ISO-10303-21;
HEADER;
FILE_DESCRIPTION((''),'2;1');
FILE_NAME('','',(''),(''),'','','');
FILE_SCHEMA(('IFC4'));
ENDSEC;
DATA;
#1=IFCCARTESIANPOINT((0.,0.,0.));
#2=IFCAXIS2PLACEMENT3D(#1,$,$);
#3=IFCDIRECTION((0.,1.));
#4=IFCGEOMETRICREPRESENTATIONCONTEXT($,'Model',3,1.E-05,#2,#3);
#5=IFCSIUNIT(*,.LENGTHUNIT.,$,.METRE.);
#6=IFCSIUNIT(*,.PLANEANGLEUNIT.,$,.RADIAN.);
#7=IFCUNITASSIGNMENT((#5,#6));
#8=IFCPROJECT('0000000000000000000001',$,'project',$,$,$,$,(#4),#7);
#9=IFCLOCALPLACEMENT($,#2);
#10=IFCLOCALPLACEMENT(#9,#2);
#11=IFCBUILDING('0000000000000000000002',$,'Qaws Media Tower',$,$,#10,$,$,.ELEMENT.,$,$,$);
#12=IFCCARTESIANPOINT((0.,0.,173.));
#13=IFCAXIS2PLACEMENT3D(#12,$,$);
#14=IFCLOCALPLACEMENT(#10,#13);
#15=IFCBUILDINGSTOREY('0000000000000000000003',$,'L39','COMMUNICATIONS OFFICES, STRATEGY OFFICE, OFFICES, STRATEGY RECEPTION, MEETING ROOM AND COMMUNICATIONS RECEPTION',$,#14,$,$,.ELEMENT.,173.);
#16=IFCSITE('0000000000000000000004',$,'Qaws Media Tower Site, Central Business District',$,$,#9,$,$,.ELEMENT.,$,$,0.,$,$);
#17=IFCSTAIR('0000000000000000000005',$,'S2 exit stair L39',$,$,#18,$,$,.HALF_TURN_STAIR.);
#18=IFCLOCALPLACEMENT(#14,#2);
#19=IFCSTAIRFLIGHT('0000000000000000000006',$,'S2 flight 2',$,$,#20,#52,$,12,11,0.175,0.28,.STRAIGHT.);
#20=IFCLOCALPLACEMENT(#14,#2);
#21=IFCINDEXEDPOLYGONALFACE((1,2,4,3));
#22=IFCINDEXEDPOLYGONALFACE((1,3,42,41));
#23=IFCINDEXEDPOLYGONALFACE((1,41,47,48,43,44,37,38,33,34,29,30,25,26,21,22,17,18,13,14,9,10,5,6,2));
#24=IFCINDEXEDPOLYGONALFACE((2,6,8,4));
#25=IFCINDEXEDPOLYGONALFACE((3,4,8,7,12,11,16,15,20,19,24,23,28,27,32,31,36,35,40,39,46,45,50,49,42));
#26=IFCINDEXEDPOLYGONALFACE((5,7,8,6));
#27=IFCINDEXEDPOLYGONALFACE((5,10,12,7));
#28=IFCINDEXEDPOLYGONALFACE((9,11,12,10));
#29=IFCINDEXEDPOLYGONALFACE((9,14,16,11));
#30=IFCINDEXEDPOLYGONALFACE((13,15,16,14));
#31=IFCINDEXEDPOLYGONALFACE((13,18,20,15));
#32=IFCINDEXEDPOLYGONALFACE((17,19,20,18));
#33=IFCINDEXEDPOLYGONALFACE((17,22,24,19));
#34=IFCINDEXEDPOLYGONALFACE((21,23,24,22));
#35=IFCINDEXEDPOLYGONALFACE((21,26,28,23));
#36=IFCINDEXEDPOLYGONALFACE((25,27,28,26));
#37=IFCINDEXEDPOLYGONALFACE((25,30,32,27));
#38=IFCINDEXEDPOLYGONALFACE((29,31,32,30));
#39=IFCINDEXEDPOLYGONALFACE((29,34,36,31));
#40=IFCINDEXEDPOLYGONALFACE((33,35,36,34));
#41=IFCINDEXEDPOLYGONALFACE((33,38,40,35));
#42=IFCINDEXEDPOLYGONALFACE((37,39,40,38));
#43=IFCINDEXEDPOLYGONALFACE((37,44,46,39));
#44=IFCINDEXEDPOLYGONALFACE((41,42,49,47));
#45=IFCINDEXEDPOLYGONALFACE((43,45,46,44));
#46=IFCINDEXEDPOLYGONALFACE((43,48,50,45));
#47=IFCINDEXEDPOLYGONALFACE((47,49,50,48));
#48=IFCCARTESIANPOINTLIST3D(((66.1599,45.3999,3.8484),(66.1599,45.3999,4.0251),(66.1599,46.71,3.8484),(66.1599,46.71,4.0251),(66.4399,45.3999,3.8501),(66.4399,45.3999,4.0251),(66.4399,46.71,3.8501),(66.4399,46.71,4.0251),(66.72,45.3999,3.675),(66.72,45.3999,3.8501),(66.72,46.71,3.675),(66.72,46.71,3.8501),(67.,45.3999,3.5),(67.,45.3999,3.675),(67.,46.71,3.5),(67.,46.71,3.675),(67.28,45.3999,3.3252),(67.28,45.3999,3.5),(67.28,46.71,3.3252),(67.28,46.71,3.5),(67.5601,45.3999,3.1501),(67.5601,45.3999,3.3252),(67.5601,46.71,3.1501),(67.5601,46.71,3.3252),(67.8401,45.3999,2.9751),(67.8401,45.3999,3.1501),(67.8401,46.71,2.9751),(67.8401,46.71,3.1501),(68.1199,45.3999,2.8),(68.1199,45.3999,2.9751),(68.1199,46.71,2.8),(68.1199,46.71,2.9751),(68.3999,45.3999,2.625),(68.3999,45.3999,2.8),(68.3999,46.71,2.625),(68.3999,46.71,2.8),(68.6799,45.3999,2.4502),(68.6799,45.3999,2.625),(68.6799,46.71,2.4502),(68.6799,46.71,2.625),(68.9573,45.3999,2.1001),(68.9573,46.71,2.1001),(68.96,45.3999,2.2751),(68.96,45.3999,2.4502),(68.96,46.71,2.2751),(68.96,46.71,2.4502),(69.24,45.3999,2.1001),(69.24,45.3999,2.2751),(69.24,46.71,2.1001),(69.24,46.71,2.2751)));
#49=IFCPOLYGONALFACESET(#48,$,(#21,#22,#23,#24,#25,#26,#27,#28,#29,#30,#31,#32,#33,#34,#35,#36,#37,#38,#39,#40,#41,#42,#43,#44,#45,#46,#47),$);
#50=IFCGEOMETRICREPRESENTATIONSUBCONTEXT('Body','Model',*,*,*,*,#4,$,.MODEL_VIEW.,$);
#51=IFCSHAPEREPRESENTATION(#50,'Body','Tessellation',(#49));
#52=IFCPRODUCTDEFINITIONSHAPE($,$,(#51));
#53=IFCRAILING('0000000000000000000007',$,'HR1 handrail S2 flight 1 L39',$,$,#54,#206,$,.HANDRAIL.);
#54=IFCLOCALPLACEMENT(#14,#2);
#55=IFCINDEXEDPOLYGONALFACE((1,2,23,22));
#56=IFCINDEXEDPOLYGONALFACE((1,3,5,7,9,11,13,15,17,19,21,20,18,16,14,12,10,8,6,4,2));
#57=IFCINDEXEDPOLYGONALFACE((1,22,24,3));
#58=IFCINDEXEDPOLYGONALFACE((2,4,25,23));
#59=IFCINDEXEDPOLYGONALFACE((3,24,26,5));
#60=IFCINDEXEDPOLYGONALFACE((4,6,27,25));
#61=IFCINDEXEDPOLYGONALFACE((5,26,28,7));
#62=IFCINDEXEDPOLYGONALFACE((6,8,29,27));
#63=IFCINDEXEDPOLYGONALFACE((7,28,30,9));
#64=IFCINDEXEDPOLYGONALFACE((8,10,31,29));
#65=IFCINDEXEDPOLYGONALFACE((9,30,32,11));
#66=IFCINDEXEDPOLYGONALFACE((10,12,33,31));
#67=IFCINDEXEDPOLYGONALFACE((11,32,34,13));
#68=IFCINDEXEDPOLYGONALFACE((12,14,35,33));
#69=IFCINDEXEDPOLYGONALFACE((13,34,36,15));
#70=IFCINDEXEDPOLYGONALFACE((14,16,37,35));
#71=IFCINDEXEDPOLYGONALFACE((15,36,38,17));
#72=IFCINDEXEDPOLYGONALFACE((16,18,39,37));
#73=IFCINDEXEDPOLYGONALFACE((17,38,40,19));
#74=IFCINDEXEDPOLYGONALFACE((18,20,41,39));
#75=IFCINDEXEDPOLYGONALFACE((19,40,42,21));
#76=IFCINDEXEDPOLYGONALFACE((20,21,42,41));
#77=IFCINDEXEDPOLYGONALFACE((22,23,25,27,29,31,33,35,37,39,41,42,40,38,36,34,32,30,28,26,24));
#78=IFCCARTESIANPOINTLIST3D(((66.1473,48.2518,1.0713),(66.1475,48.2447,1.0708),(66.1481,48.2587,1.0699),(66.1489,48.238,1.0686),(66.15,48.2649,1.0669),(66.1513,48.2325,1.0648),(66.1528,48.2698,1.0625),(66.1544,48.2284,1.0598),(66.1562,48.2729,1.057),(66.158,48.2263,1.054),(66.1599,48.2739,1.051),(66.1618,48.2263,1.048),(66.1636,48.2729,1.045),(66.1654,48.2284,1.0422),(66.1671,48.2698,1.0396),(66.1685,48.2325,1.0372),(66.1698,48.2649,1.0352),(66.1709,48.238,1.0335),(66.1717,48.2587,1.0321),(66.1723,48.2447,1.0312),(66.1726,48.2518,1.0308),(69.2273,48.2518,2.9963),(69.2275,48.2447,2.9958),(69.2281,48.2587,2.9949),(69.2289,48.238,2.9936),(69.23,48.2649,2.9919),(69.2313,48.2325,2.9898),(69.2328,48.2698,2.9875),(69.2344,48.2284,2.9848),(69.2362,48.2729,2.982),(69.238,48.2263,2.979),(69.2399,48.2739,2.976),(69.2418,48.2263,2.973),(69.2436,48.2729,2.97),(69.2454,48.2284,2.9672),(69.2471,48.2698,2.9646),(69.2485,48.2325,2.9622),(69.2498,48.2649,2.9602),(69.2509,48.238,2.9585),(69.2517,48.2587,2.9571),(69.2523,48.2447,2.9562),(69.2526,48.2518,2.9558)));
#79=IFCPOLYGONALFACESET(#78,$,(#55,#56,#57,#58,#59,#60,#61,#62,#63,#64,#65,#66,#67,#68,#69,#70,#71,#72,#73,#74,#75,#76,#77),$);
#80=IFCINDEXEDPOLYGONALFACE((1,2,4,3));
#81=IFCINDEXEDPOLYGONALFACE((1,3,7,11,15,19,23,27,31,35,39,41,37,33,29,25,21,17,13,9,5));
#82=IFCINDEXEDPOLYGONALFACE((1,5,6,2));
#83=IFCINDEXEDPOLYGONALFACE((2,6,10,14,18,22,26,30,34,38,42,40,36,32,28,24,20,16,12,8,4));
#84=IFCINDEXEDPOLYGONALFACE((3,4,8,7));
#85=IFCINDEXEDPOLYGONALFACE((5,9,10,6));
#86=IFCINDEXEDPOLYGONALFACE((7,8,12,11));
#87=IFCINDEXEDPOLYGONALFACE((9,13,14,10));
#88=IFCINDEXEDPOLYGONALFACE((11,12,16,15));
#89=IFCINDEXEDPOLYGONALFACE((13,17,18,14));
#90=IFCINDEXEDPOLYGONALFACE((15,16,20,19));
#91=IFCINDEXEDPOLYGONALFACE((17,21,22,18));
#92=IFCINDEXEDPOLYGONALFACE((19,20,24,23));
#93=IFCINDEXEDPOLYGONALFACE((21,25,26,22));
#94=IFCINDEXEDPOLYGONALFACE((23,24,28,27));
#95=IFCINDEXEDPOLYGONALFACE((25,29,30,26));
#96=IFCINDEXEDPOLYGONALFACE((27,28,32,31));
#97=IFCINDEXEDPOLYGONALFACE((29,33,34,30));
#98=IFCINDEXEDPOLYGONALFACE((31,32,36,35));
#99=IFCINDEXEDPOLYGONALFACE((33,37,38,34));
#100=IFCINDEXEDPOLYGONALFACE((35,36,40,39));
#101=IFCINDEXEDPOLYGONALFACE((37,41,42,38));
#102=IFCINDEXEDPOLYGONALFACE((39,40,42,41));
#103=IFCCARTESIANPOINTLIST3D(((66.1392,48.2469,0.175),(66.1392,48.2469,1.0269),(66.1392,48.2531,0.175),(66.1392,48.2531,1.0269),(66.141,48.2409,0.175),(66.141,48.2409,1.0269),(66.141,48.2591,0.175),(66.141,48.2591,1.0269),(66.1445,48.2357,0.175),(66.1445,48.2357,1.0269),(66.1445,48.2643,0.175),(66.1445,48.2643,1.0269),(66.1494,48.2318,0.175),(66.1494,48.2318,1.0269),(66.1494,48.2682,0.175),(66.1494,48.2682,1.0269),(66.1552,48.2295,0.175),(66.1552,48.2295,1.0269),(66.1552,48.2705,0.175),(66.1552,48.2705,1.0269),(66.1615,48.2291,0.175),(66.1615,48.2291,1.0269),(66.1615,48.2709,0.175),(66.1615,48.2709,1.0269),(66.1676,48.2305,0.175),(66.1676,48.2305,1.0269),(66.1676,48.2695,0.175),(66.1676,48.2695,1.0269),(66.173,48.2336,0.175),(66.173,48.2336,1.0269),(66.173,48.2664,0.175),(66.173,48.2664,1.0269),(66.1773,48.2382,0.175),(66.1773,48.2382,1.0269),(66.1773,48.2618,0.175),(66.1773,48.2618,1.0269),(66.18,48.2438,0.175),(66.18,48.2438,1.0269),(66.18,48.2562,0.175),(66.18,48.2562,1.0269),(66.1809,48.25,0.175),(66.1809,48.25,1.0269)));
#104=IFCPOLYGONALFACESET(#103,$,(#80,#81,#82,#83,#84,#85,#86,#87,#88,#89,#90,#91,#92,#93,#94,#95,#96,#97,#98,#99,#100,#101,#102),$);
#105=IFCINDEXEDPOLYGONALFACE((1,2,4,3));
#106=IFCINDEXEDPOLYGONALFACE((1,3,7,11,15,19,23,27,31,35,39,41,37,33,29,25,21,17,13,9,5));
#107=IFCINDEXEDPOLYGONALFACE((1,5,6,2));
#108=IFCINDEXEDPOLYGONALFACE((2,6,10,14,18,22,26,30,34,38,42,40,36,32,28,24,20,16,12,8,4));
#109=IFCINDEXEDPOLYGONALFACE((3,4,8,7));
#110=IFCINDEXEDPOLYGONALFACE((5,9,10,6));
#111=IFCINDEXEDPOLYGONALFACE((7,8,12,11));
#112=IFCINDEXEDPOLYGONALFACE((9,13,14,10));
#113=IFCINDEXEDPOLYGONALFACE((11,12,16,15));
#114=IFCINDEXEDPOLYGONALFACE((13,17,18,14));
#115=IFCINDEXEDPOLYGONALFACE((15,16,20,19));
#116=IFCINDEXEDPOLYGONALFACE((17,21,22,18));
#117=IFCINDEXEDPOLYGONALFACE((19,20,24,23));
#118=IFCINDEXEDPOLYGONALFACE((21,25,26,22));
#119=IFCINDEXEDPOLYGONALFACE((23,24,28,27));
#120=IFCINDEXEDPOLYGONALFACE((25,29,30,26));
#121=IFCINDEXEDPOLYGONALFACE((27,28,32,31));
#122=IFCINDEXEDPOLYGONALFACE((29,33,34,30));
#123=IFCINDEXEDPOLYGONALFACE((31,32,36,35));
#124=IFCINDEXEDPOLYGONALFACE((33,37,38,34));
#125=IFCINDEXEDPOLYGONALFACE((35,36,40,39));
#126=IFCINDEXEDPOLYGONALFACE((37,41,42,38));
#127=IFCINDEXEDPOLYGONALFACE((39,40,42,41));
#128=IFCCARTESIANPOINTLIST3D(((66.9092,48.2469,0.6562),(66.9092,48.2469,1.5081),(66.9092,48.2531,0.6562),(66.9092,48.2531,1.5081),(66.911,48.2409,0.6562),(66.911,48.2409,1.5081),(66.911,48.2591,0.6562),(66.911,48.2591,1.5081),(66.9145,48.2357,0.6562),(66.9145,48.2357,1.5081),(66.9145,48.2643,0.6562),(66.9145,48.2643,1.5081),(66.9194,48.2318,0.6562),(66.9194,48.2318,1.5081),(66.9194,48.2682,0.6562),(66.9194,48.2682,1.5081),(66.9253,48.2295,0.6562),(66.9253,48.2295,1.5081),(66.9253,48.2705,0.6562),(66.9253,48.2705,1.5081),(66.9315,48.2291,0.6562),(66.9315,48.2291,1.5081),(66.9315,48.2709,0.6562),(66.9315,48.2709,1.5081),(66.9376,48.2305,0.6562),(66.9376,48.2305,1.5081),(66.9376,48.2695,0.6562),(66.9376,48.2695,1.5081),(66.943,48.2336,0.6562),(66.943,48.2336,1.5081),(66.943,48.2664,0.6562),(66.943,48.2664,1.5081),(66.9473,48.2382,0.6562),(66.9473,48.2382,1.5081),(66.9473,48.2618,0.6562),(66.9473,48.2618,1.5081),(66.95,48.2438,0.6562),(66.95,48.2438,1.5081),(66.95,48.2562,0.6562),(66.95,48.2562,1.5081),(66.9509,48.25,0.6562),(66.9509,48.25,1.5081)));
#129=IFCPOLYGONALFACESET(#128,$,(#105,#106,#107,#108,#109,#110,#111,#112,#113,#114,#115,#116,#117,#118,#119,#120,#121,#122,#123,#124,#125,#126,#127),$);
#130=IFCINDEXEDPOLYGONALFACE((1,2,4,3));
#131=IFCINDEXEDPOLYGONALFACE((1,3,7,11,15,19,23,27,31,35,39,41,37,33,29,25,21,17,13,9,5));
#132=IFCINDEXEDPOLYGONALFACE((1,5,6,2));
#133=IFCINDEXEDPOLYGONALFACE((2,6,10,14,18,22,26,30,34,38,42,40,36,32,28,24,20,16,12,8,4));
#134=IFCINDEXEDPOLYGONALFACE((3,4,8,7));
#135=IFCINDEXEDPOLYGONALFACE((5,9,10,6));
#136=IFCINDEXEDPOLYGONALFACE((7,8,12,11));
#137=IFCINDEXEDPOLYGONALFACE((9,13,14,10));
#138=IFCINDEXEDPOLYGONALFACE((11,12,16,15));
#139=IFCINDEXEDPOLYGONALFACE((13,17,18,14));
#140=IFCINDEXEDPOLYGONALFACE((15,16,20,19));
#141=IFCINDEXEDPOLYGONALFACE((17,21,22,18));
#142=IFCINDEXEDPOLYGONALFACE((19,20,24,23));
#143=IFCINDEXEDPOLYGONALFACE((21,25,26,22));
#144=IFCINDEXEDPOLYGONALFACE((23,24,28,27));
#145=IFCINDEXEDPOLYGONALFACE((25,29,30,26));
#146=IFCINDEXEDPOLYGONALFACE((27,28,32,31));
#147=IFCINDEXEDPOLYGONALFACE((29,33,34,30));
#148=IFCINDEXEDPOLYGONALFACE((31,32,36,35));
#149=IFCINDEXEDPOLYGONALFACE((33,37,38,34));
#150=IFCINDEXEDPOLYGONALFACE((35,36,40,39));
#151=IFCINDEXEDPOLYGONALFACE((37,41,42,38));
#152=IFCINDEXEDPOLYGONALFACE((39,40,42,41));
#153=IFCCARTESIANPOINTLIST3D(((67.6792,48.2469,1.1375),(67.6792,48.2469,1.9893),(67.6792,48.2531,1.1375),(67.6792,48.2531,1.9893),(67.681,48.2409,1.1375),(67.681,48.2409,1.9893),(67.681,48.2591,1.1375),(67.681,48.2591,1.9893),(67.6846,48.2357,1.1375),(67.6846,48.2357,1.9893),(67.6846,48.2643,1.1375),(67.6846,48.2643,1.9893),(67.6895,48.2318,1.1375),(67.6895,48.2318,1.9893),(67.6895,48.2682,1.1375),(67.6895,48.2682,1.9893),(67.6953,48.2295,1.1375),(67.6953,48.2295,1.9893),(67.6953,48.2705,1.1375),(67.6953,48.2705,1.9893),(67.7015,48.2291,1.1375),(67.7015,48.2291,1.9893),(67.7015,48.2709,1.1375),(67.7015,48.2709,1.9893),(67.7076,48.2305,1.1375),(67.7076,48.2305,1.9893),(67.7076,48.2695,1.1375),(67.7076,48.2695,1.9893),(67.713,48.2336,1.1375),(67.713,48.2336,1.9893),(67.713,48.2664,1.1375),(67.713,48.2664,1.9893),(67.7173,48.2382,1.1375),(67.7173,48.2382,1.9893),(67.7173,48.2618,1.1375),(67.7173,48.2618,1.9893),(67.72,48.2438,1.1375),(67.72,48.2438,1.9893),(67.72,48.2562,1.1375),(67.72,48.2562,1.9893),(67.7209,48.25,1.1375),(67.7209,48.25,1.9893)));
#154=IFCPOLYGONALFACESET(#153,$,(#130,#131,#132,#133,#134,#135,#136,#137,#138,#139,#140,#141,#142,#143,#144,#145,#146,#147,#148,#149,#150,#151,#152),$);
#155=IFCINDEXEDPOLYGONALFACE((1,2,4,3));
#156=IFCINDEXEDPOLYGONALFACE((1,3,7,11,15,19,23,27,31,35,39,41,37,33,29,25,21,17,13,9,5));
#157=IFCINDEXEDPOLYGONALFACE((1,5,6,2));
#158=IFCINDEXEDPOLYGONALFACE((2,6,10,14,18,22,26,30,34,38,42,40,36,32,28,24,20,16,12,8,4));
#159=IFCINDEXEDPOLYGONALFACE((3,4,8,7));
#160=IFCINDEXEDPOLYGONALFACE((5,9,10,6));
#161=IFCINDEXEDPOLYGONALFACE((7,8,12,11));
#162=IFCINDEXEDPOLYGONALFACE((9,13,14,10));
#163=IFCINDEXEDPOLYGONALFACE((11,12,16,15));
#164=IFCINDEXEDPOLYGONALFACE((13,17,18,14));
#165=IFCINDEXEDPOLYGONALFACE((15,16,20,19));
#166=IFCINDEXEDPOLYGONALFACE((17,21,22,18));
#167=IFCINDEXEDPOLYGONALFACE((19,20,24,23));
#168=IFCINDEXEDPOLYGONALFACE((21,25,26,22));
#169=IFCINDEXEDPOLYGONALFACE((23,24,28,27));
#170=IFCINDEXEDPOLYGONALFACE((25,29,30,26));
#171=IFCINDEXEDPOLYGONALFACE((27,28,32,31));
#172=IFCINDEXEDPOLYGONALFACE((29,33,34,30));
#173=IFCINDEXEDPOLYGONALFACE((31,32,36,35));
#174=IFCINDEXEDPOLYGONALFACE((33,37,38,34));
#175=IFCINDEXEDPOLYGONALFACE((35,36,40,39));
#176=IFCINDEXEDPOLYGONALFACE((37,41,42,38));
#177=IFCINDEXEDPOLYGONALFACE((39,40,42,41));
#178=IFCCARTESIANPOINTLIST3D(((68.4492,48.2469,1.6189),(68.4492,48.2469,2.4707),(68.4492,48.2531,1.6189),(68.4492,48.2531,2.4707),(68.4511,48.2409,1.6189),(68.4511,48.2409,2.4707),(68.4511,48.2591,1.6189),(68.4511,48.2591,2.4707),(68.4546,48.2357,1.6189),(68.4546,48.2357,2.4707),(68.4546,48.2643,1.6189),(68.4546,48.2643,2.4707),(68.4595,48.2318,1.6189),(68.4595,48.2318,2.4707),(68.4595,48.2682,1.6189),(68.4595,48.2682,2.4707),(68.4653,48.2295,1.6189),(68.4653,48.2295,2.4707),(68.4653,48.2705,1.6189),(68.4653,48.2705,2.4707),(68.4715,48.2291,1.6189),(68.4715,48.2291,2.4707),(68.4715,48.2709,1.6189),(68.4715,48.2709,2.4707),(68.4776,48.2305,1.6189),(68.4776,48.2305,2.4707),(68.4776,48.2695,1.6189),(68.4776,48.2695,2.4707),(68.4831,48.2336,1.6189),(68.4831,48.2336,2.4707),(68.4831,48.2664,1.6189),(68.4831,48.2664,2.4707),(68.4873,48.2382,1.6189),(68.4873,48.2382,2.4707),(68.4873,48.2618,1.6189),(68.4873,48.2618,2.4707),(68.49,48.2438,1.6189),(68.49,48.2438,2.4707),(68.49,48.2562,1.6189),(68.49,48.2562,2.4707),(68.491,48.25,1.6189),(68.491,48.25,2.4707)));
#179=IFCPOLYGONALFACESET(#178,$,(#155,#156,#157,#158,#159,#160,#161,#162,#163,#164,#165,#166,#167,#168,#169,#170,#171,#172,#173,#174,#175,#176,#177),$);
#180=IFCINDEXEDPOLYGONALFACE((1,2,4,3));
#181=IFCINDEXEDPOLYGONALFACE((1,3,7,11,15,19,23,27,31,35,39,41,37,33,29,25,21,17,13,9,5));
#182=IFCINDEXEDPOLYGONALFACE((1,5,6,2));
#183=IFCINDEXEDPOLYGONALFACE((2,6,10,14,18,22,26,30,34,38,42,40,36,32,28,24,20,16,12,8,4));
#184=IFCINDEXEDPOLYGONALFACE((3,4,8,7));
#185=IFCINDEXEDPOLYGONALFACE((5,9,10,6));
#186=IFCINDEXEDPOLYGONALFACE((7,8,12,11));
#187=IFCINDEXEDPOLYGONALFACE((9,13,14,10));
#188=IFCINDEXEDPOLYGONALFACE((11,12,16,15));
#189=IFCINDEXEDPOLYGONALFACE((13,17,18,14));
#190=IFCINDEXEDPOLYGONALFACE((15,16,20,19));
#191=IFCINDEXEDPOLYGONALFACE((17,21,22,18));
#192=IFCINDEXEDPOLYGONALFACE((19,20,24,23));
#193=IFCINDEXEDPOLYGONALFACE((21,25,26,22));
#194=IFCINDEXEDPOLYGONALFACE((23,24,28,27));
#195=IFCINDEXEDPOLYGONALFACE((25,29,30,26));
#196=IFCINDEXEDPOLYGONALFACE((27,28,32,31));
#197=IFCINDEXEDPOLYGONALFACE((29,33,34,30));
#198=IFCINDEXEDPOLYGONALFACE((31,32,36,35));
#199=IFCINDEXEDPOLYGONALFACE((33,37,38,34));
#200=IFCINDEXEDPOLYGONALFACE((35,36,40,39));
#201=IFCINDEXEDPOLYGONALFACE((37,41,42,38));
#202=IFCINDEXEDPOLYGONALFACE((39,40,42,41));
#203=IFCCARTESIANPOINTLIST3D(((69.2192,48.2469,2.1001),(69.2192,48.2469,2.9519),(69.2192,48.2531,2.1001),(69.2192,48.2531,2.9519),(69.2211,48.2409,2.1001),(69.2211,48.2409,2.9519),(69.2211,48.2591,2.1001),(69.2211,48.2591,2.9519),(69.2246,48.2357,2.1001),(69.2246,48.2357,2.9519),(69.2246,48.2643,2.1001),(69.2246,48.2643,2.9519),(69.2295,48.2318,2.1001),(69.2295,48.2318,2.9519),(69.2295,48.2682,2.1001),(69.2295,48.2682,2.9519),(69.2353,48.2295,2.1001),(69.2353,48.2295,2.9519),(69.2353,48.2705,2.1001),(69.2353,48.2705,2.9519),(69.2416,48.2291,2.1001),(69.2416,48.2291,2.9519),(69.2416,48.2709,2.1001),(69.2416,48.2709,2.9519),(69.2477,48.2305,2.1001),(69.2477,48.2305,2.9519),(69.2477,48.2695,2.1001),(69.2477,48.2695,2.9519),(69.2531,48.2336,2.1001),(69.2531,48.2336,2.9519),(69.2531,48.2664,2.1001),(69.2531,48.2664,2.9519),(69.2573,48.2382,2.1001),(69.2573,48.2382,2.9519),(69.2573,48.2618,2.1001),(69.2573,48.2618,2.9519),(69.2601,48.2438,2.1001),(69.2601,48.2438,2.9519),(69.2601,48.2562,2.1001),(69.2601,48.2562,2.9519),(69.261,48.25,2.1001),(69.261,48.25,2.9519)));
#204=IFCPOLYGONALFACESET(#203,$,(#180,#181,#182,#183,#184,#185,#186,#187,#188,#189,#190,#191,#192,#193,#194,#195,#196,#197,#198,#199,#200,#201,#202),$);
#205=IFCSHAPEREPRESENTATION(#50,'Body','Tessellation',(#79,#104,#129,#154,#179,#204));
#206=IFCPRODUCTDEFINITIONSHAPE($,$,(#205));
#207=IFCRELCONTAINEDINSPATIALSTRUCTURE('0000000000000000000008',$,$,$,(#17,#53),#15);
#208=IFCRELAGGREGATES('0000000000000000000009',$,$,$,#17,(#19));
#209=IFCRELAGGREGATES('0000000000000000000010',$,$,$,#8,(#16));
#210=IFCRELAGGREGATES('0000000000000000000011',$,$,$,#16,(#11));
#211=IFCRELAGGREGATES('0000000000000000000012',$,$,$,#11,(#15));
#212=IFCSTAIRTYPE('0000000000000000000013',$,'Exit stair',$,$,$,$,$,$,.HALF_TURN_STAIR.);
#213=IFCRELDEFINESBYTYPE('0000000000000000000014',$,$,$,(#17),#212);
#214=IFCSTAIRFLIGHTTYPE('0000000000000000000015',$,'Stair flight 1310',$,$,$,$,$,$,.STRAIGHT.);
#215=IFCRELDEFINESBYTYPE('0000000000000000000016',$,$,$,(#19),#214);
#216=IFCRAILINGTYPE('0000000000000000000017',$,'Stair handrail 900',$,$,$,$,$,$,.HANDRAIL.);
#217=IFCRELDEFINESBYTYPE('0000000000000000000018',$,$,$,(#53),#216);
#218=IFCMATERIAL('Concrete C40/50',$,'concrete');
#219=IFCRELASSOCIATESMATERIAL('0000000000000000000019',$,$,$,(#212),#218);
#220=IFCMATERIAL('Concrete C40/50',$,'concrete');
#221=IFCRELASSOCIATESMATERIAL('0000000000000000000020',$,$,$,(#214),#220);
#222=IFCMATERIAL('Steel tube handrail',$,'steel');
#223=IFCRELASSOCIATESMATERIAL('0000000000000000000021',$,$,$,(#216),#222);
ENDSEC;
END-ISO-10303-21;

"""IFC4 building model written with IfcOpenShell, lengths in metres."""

from ifc_helpers import new_model, si_unit, direction, frame, origin, origin_2d, place, context, subcontext, project, spatial, polyline, circle, outline, extrude, material, type_object, element, aggregate, save


model = new_model("IFC4")

# Units and contexts
model_context = context("Model", 3, precision=1e-05, world=origin(), true_north=direction((0.0, 1.0)))
body_context = subcontext(model_context, "Body", "Model", "MODEL_VIEW")
ifc_project = project(units=[si_unit("LENGTHUNIT", "METRE"), si_unit("PLANEANGLEUNIT", "RADIAN")], contexts=[model_context])

# Site, building, storey
site_placement = place(None, origin())
site = spatial("IfcSite", under=ifc_project, at=site_placement, Name="Qaws Media Tower Site, Central Business District", CompositionType="ELEMENT", RefElevation=0.0)
building_placement = place(site_placement, origin())
building = spatial("IfcBuilding", under=site, at=building_placement, Name="Qaws Media Tower", CompositionType="ELEMENT")
storey_placement = place(building_placement, frame((0.0, 0.0, 173.0)))
storey = spatial("IfcBuildingStorey", under=building, at=storey_placement, Name="L39", Description="COMMUNICATIONS OFFICES, STRATEGY OFFICE, OFFICES, STRATEGY RECEPTION, MEETING ROOM AND COMMUNICATIONS RECEPTION", CompositionType="ELEMENT", Elevation=173.0)

# Stair, stair flight
ifc_material_1 = material(Name="Concrete C40/50", Category="concrete")
stair_type = type_object("IfcStairType", Name="Exit stair", PredefinedType="HALF_TURN_STAIR", material=ifc_material_1)
stair_placement = place(storey_placement, origin())
stair = element("IfcStair", 1, at=stair_placement, inside=storey, type_object=stair_type, Name="S2 exit stair L39", PredefinedType="HALF_TURN_STAIR")
ifc_material_2 = material(Name="Concrete C40/50", Category="concrete")
stair_flight_type = type_object("IfcStairFlightType", Name="Stair flight 1310", PredefinedType="STRAIGHT", material=ifc_material_2)
stair_flight_1_placement = place(storey_placement, frame((69.24, 46.0549, 2.1001), z_axis=(0.0, 0.0, 1.0), x_axis=(-1.0, 0.0, 0.0)))
stair_flight_1 = element("IfcStairFlight", 2, at=stair_flight_1_placement, type_object=stair_flight_type, Name="S2 flight 2", NumberOfRisers=12, NumberOfTreads=11, PredefinedType="STRAIGHT", RiserHeight=0.175, TreadLength=0.28, context=body_context, shape_type="SweptSolid", body=[
    extrude(outline(polyline([(0.0, 0.0), (0.0, 0.175), (0.28, 0.175), (0.28, 0.3501), (0.5601, 0.3501), (0.5601, 0.5249), (0.8401, 0.5249), (0.8401, 0.7), (1.1201, 0.7), (1.1201, 0.875), (1.3999, 0.875), (1.3999, 1.05), (1.6799, 1.05), (1.6799, 1.2251), (1.96, 1.2251), (1.96, 1.3999), (2.24, 1.3999), (2.24, 1.575), (2.52, 1.575), (2.52, 1.75), (2.8, 1.75), (2.8, 1.925), (3.0801, 1.925), (3.0801, 2.1001), (3.0801, 1.7483), (0.2827, 0.0), (0.0, 0.0)])), frame((0.0, 0.655, 0.0), z_axis=(0.0, -1.0, 0.0), x_axis=(1.0, 0.0, 0.0)), (0.0, 0.0, 1.0), 1.3101),
])
aggregate(stair, [stair_flight_1])

# Railing
ifc_material_3 = material(Name="Steel tube handrail", Category="steel")
railing_type = type_object("IfcRailingType", Name="Stair handrail 900", PredefinedType="HANDRAIL", material=ifc_material_3)
for number, where, name in (
    (3, (66.1599, 48.25, 0.175), "HR1 handrail S2 flight 1 L39"),
):
    element("IfcRailing", number, at=place(storey_placement, frame(where)), inside=storey, type_object=railing_type, Name=name, PredefinedType="HANDRAIL", context=body_context, shape_type="SweptSolid", body=[
        extrude(circle(Radius=0.0239, at=origin_2d()), frame((0.0, 0.0, 0.876), z_axis=(0.847998, 0.0, 0.529999), x_axis=(0.0, 1.0, 0.0)), (0.0, 0.0, 1.0), 3.6321),
        extrude(circle(Radius=0.021, at=origin_2d()), origin(), (0.0, 0.0, 1.0), 0.8518),
        extrude(circle(Radius=0.021, at=origin_2d()), frame((0.77, 0.0, 0.4812)), (0.0, 0.0, 1.0), 0.8518),
        extrude(circle(Radius=0.021, at=origin_2d()), frame((1.54, 0.0, 0.9624)), (0.0, 0.0, 1.0), 0.8518),
        extrude(circle(Radius=0.021, at=origin_2d()), frame((2.3101, 0.0, 1.4438)), (0.0, 0.0, 1.0), 0.8518),
        extrude(circle(Radius=0.021, at=origin_2d()), frame((3.0801, 0.0, 1.925)), (0.0, 0.0, 1.0), 0.8518),
    ])

save(model, "model.ifc")
